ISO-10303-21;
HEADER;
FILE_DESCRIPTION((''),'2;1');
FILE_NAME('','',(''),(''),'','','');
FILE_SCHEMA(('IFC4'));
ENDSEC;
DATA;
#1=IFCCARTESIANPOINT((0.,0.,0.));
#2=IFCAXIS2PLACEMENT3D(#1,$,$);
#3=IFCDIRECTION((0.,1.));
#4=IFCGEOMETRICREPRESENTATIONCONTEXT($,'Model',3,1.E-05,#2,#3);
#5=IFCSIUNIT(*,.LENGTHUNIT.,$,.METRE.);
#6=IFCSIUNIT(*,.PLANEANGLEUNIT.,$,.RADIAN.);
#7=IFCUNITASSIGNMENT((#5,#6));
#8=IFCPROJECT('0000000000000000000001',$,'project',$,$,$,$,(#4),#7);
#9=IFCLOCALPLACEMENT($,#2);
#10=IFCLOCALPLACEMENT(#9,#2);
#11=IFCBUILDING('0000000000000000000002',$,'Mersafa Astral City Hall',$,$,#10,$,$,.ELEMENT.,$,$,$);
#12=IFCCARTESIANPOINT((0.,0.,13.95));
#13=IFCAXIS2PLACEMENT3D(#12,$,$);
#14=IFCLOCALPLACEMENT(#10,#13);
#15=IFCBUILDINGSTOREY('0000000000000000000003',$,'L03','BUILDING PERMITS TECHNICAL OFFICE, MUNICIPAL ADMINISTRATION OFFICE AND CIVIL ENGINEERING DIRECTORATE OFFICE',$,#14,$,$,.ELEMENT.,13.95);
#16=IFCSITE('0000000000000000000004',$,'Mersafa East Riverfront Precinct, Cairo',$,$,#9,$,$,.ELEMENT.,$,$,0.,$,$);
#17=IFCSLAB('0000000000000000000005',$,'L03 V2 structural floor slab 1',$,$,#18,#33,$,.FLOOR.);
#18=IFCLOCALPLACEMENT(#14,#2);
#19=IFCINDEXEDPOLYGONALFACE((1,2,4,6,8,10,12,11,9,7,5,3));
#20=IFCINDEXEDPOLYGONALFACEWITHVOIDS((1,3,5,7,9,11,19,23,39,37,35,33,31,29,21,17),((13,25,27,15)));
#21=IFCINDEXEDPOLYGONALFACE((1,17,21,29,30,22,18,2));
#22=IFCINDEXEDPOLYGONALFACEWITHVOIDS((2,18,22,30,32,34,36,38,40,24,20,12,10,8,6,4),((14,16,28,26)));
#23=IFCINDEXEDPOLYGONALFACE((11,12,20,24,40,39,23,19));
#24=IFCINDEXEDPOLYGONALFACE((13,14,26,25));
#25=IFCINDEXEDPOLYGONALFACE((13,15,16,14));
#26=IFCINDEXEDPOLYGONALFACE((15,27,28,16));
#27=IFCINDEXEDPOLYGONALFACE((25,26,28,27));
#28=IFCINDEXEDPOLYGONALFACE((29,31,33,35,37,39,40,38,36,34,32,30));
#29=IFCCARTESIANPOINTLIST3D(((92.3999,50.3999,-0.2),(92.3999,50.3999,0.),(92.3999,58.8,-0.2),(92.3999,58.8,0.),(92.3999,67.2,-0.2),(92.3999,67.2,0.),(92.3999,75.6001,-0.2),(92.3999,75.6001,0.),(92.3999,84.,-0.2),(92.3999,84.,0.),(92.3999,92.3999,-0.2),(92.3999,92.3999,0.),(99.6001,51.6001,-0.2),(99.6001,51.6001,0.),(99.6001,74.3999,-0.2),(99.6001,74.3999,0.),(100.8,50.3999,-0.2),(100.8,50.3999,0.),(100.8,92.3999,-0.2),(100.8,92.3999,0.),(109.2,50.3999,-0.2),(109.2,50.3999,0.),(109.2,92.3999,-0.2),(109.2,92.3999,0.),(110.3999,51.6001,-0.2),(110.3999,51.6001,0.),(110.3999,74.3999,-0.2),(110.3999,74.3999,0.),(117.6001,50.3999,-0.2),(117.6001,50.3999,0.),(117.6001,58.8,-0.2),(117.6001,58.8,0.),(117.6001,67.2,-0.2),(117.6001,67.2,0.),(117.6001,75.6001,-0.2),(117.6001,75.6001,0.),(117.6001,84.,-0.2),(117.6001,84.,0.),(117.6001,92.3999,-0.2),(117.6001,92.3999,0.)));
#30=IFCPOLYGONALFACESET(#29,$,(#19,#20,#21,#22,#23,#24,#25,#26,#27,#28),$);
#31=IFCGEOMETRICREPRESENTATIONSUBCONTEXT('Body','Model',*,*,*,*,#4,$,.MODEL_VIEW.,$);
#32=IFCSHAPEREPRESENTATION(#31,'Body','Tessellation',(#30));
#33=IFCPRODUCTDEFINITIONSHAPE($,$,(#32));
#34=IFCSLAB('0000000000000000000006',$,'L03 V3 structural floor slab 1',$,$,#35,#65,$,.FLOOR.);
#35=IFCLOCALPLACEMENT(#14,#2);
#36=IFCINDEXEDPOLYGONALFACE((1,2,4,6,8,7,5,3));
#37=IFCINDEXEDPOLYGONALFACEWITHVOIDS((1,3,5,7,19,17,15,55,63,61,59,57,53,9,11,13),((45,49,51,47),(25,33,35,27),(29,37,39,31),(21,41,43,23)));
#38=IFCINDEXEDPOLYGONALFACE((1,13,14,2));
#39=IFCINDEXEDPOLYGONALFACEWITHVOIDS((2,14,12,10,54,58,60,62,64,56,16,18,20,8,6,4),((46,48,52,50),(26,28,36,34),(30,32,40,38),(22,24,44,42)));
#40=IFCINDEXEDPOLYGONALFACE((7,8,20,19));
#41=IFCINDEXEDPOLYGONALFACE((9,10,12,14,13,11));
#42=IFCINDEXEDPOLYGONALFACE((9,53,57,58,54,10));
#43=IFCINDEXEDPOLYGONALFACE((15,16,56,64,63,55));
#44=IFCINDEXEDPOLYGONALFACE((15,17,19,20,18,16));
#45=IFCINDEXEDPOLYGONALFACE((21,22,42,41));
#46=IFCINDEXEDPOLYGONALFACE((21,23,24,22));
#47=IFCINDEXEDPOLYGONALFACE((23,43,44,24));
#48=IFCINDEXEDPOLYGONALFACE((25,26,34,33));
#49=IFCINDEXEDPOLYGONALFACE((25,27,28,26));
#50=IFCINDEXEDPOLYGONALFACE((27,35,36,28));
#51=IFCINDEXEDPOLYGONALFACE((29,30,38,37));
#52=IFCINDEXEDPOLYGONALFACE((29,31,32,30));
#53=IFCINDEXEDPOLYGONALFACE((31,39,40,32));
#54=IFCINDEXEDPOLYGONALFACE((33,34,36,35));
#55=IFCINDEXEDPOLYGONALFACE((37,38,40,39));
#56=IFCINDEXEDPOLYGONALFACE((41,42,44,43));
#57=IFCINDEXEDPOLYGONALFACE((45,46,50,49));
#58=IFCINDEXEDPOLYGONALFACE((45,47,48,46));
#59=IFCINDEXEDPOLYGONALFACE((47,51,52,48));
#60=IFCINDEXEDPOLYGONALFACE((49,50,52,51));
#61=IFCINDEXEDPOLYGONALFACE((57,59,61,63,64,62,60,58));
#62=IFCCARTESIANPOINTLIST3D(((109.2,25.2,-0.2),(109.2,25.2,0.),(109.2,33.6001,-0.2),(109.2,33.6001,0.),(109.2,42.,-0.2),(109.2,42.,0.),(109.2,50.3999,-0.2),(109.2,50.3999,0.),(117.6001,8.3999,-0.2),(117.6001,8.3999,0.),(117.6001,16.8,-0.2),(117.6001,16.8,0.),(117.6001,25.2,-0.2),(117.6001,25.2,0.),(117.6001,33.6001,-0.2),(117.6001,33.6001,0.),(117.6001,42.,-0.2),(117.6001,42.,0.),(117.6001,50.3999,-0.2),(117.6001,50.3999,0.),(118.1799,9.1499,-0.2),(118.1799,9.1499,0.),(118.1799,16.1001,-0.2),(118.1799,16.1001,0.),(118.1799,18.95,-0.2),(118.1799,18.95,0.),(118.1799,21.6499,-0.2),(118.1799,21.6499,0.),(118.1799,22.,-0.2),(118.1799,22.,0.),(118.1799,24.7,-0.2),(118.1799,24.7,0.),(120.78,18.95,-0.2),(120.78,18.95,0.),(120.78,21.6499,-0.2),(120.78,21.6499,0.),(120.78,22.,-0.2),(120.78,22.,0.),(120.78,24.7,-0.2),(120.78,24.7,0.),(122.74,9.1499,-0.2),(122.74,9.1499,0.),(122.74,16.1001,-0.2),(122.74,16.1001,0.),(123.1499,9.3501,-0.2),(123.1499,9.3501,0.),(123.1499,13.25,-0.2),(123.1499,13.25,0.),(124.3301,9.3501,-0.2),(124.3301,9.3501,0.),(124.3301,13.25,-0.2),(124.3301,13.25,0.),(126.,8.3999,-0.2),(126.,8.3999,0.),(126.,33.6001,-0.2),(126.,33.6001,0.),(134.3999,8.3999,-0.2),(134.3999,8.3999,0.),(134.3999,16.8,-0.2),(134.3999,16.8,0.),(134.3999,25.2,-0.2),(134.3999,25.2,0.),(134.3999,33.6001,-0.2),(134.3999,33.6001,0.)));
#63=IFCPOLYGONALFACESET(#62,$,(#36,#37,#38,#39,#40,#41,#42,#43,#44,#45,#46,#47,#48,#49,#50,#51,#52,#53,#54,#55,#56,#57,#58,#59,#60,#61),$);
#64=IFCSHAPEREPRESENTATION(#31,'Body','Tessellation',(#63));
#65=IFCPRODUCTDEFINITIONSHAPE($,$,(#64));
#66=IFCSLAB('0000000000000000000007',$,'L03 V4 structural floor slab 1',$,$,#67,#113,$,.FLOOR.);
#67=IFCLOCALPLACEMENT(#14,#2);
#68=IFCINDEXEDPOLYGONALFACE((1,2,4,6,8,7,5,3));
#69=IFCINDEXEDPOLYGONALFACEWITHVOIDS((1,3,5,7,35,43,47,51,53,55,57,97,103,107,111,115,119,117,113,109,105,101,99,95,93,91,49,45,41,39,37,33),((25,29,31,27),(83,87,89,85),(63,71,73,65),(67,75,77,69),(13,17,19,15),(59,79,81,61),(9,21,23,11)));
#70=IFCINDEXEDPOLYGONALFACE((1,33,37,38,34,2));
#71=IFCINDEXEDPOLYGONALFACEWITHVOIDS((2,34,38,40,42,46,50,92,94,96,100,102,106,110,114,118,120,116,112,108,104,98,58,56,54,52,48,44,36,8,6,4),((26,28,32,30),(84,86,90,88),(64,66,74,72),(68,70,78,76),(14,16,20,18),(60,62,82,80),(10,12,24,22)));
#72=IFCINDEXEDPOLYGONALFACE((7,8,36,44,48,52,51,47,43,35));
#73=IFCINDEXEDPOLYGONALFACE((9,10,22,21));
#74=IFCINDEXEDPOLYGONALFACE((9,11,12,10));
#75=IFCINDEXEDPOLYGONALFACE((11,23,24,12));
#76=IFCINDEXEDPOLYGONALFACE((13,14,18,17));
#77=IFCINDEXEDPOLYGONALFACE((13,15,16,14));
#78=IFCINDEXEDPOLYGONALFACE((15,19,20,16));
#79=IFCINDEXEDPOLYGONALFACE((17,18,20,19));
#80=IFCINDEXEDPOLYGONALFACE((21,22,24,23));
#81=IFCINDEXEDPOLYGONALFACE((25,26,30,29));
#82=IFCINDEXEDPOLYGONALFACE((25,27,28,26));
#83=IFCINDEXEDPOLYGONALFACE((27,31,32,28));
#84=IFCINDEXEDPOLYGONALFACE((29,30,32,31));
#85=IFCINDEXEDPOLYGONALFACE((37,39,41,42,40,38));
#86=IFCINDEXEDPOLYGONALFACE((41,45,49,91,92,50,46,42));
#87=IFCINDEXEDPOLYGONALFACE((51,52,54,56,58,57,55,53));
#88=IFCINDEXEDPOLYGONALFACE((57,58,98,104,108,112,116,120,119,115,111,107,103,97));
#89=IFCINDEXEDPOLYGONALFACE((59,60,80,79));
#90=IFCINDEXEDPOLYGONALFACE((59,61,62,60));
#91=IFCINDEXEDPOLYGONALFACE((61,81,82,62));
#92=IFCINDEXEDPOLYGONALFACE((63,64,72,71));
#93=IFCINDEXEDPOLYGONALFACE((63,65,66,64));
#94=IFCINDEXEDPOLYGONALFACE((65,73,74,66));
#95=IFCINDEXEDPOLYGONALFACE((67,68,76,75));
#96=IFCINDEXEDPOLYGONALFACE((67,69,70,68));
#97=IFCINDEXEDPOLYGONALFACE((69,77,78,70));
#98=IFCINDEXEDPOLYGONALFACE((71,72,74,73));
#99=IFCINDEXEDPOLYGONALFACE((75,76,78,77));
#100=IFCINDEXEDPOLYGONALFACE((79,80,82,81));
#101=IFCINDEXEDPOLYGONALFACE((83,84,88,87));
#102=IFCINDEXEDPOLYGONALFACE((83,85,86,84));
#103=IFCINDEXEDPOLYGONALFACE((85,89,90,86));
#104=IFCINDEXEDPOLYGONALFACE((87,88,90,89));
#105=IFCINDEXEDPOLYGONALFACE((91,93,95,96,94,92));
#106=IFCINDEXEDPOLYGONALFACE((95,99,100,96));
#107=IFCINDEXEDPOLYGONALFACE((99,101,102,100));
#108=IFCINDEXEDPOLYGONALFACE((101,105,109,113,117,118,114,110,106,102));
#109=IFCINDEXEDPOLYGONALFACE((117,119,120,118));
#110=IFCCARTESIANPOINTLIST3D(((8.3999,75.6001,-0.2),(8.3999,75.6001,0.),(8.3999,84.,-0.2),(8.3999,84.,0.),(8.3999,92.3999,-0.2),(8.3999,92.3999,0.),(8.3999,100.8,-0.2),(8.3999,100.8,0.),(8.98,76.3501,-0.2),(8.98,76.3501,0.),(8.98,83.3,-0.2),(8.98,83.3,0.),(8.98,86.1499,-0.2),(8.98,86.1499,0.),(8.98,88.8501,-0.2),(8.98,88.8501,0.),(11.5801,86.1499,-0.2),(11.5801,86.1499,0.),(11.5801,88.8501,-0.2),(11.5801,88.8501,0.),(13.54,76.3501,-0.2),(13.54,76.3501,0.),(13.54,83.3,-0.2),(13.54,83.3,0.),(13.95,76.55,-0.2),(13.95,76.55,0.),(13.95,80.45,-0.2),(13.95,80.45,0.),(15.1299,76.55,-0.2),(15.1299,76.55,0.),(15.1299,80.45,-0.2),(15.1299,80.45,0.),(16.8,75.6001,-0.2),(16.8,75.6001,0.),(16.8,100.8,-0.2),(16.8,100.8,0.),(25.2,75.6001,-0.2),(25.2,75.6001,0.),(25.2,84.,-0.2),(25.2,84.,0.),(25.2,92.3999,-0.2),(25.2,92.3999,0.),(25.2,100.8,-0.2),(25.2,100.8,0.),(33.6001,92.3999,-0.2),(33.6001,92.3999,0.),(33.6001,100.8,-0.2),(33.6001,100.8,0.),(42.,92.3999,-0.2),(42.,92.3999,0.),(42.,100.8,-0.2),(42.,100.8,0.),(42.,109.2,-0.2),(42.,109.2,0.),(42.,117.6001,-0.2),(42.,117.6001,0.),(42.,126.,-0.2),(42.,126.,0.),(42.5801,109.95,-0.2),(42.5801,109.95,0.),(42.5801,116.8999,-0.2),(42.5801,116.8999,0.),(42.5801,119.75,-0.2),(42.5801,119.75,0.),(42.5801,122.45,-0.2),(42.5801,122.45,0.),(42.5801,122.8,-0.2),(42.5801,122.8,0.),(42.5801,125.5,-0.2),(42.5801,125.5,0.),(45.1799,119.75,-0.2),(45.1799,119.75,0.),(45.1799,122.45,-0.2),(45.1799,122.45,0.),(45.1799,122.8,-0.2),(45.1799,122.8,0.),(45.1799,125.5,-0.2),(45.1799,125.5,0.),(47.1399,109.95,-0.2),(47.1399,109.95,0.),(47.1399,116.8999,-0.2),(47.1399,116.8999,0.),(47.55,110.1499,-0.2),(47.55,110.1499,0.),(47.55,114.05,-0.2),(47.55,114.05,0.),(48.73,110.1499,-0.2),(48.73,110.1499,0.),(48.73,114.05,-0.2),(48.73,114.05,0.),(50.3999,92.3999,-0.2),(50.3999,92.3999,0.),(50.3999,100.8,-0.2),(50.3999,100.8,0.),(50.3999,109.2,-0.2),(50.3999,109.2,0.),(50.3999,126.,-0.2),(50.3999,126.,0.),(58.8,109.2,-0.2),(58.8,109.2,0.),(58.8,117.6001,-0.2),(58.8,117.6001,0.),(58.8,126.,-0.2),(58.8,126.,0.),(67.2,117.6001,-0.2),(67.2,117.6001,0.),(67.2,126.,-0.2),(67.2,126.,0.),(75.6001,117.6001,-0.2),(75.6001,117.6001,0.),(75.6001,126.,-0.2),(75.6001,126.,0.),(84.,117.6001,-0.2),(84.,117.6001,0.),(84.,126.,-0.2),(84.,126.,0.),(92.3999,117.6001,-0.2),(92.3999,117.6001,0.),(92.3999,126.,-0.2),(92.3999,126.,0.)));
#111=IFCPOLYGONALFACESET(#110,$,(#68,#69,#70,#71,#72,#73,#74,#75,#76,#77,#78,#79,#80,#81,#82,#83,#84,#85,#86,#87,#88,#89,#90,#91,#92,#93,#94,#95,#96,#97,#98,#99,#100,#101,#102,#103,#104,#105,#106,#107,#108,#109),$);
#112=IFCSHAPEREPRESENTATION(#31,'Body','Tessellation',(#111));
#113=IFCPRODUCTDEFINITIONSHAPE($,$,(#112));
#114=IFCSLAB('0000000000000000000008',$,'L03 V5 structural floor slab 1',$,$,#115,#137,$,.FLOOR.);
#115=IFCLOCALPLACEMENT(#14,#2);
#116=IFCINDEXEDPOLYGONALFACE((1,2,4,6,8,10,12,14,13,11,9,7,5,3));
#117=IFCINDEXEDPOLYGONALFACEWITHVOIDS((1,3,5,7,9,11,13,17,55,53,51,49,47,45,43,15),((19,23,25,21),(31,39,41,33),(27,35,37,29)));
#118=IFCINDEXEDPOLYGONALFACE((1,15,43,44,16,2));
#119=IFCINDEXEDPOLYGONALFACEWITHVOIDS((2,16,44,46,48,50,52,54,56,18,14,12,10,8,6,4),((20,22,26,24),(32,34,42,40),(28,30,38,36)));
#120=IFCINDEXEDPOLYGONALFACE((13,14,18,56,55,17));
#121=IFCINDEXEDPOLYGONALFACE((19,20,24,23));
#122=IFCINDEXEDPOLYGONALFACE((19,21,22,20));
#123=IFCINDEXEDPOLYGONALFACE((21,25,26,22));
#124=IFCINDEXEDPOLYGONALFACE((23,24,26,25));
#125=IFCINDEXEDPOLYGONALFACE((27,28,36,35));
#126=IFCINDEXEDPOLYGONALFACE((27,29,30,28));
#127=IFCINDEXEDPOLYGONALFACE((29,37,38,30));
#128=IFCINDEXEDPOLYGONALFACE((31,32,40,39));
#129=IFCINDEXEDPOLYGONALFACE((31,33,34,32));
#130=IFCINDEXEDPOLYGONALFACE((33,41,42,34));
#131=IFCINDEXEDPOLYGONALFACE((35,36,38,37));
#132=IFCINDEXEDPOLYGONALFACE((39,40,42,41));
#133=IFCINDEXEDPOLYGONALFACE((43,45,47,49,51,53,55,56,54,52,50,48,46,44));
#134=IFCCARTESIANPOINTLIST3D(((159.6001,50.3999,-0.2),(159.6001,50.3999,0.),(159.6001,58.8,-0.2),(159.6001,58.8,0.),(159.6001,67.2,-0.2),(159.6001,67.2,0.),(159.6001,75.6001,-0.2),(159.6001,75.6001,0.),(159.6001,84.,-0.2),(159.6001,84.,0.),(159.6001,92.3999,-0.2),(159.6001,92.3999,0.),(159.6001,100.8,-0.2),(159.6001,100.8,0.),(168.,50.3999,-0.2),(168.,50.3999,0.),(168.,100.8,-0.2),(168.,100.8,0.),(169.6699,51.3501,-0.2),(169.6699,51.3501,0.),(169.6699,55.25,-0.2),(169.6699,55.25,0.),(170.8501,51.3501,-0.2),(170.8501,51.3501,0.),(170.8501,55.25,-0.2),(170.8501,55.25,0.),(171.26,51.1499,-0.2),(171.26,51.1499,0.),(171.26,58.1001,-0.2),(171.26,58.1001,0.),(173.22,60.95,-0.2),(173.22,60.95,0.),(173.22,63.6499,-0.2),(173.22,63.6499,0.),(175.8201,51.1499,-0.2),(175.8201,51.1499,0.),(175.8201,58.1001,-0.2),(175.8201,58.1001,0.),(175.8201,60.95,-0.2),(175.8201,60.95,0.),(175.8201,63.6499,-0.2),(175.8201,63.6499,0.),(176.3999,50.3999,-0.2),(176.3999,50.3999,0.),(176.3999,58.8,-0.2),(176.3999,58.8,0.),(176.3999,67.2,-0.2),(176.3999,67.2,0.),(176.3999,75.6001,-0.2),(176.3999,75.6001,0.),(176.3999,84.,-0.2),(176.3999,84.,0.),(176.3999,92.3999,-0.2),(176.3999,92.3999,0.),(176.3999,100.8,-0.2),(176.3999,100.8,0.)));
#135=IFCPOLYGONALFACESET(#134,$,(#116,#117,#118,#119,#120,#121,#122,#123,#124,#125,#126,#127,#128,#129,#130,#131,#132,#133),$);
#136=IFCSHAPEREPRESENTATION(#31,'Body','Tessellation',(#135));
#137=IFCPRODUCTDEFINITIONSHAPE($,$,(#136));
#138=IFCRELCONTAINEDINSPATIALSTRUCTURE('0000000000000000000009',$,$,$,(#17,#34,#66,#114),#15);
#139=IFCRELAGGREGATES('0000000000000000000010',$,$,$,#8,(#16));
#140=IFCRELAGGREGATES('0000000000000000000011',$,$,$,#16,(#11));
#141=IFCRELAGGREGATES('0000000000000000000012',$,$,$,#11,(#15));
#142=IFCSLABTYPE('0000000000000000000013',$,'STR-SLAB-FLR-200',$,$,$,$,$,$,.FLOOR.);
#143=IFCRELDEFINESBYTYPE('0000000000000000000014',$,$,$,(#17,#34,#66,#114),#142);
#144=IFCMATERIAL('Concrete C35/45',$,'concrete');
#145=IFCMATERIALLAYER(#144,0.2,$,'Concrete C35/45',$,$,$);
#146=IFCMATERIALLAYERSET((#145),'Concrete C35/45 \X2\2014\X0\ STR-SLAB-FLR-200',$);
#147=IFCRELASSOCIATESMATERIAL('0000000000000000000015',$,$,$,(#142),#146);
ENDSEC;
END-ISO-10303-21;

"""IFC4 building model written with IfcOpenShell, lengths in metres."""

from ifc_helpers import new_model, si_unit, direction, frame, origin, place, context, subcontext, project, spatial, polyline, outline, extrude, material, layer, layer_set, type_object, element, save


model = new_model("IFC4")

# Units and contexts
model_context = context("Model", 3, precision=1e-05, world=origin(), true_north=direction((0.0, 1.0)))
body_context = subcontext(model_context, "Body", "Model", "MODEL_VIEW")
ifc_project = project(units=[si_unit("LENGTHUNIT", "METRE"), si_unit("PLANEANGLEUNIT", "RADIAN")], contexts=[model_context])

# Site, building, storey
site_placement = place(None, origin())
site = spatial("IfcSite", under=ifc_project, at=site_placement, Name="Mersafa East Riverfront Precinct, Cairo", CompositionType="ELEMENT", RefElevation=0.0)
building_placement = place(site_placement, origin())
building = spatial("IfcBuilding", under=site, at=building_placement, Name="Mersafa Astral City Hall", CompositionType="ELEMENT")
storey_placement = place(building_placement, frame((0.0, 0.0, 13.95)))
storey = spatial("IfcBuildingStorey", under=building, at=storey_placement, Name="L03", Description="BUILDING PERMITS TECHNICAL OFFICE, MUNICIPAL ADMINISTRATION OFFICE AND CIVIL ENGINEERING DIRECTORATE OFFICE", CompositionType="ELEMENT", Elevation=13.95)

# Slabs
ifc_material_1 = material(Name="Concrete C35/45", Category="concrete")
ifc_layer_1 = layer(ifc_material_1, 0.2, Name="Concrete C35/45")
ifc_layer_set_1 = layer_set([ifc_layer_1], Name="Concrete C35/45 — STR-SLAB-FLR-200")
slab_type_1 = type_object("IfcSlabType", Name="STR-SLAB-FLR-200", PredefinedType="FLOOR", material=ifc_layer_set_1)
slab_1_placement = place(storey_placement, frame((0.0, 0.0, -0.2)))
element("IfcSlab", 1, at=slab_1_placement, inside=storey, type_object=slab_type_1, Name="L03 V2 structural floor slab 1", PredefinedType="FLOOR", context=body_context, shape_type="SweptSolid", body=[
    extrude(outline(polyline([(92.3999, 75.6001), (92.3999, 84.0), (92.3999, 92.3999), (100.8, 92.3999), (109.2, 92.3999), (117.6001, 92.3999), (117.6001, 84.0), (117.6001, 75.6001), (117.6001, 67.2), (117.6001, 58.8), (117.6001, 50.3999), (109.2, 50.3999), (100.8, 50.3999), (92.3999, 50.3999), (92.3999, 58.8), (92.3999, 67.2), (92.3999, 75.6001)]), holes=[polyline([(110.3999, 51.6001), (110.3999, 74.3999), (99.6001, 74.3999), (99.6001, 51.6001), (110.3999, 51.6001)])]), origin(), (0.0, 0.0, 1.0), 0.2),
])
slab_2_placement = place(storey_placement, frame((0.0, 0.0, -0.2)))
element("IfcSlab", 2, at=slab_2_placement, inside=storey, type_object=slab_type_1, Name="L03 V3 structural floor slab 1", PredefinedType="FLOOR", context=body_context, shape_type="SweptSolid", body=[
    extrude(outline(polyline([(109.2, 25.2), (109.2, 33.6001), (109.2, 42.0), (109.2, 50.3999), (117.6001, 50.3999), (117.6001, 42.0), (117.6001, 33.6001), (126.0, 33.6001), (134.3999, 33.6001), (134.3999, 25.2), (134.3999, 16.8), (134.3999, 8.3999), (126.0, 8.3999), (117.6001, 8.3999), (117.6001, 16.8), (117.6001, 25.2), (109.2, 25.2)]), holes=[polyline([(124.3301, 13.25), (123.1499, 13.25), (123.1499, 9.3501), (124.3301, 9.3501), (124.3301, 13.25)]), polyline([(118.1799, 9.1499), (122.74, 9.1499), (122.74, 16.1001), (118.1799, 16.1001), (118.1799, 9.1499)]), polyline([(120.78, 21.6499), (118.1799, 21.6499), (118.1799, 18.95), (120.78, 18.95), (120.78, 21.6499)]), polyline([(120.78, 22.0), (120.78, 24.7), (118.1799, 24.7), (118.1799, 22.0), (120.78, 22.0)])]), origin(), (0.0, 0.0, 1.0), 0.2),
])
slab_3_placement = place(storey_placement, frame((0.0, 0.0, -0.2)))
element("IfcSlab", 3, at=slab_3_placement, inside=storey, type_object=slab_type_1, Name="L03 V4 structural floor slab 1", PredefinedType="FLOOR", context=body_context, shape_type="SweptSolid", body=[
    extrude(outline(polyline([(16.8, 100.8), (25.2, 100.8), (33.6001, 100.8), (42.0, 100.8), (42.0, 109.2), (42.0, 117.6001), (42.0, 126.0), (50.3999, 126.0), (58.8, 126.0), (67.2, 126.0), (75.6001, 126.0), (84.0, 126.0), (92.3999, 126.0), (92.3999, 117.6001), (84.0, 117.6001), (75.6001, 117.6001), (67.2, 117.6001), (58.8, 117.6001), (58.8, 109.2), (50.3999, 109.2), (50.3999, 100.8), (50.3999, 92.3999), (42.0, 92.3999), (33.6001, 92.3999), (25.2, 92.3999), (25.2, 84.0), (25.2, 75.6001), (16.8, 75.6001), (8.3999, 75.6001), (8.3999, 84.0), (8.3999, 92.3999), (8.3999, 100.8), (16.8, 100.8)]), holes=[polyline([(15.1299, 80.45), (13.95, 80.45), (13.95, 76.55), (15.1299, 76.55), (15.1299, 80.45)]), polyline([(8.98, 83.3), (8.98, 76.3501), (13.54, 76.3501), (13.54, 83.3), (8.98, 83.3)]), polyline([(11.5801, 86.1499), (11.5801, 88.8501), (8.98, 88.8501), (8.98, 86.1499), (11.5801, 86.1499)]), polyline([(48.73, 114.05), (47.55, 114.05), (47.55, 110.1499), (48.73, 110.1499), (48.73, 114.05)]), polyline([(42.5801, 116.8999), (42.5801, 109.95), (47.1399, 109.95), (47.1399, 116.8999), (42.5801, 116.8999)]), polyline([(45.1799, 119.75), (45.1799, 122.45), (42.5801, 122.45), (42.5801, 119.75), (45.1799, 119.75)]), polyline([(45.1799, 125.5), (42.5801, 125.5), (42.5801, 122.8), (45.1799, 122.8), (45.1799, 125.5)])]), origin(), (0.0, 0.0, 1.0), 0.2),
])
slab_4_placement = place(storey_placement, frame((0.0, 0.0, -0.2)))
element("IfcSlab", 4, at=slab_4_placement, inside=storey, type_object=slab_type_1, Name="L03 V5 structural floor slab 1", PredefinedType="FLOOR", context=body_context, shape_type="SweptSolid", body=[
    extrude(outline(polyline([(159.6001, 67.2), (159.6001, 75.6001), (159.6001, 84.0), (159.6001, 92.3999), (159.6001, 100.8), (168.0, 100.8), (176.3999, 100.8), (176.3999, 92.3999), (176.3999, 84.0), (176.3999, 75.6001), (176.3999, 67.2), (176.3999, 58.8), (176.3999, 50.3999), (168.0, 50.3999), (159.6001, 50.3999), (159.6001, 58.8), (159.6001, 67.2)]), holes=[polyline([(170.8501, 51.3501), (170.8501, 55.25), (169.6699, 55.25), (169.6699, 51.3501), (170.8501, 51.3501)]), polyline([(171.26, 58.1001), (171.26, 51.1499), (175.8201, 51.1499), (175.8201, 58.1001), (171.26, 58.1001)]), polyline([(175.8201, 63.6499), (173.22, 63.6499), (173.22, 60.95), (175.8201, 60.95), (175.8201, 63.6499)])]), origin(), (0.0, 0.0, 1.0), 0.2),
])

save(model, "model.ifc")
